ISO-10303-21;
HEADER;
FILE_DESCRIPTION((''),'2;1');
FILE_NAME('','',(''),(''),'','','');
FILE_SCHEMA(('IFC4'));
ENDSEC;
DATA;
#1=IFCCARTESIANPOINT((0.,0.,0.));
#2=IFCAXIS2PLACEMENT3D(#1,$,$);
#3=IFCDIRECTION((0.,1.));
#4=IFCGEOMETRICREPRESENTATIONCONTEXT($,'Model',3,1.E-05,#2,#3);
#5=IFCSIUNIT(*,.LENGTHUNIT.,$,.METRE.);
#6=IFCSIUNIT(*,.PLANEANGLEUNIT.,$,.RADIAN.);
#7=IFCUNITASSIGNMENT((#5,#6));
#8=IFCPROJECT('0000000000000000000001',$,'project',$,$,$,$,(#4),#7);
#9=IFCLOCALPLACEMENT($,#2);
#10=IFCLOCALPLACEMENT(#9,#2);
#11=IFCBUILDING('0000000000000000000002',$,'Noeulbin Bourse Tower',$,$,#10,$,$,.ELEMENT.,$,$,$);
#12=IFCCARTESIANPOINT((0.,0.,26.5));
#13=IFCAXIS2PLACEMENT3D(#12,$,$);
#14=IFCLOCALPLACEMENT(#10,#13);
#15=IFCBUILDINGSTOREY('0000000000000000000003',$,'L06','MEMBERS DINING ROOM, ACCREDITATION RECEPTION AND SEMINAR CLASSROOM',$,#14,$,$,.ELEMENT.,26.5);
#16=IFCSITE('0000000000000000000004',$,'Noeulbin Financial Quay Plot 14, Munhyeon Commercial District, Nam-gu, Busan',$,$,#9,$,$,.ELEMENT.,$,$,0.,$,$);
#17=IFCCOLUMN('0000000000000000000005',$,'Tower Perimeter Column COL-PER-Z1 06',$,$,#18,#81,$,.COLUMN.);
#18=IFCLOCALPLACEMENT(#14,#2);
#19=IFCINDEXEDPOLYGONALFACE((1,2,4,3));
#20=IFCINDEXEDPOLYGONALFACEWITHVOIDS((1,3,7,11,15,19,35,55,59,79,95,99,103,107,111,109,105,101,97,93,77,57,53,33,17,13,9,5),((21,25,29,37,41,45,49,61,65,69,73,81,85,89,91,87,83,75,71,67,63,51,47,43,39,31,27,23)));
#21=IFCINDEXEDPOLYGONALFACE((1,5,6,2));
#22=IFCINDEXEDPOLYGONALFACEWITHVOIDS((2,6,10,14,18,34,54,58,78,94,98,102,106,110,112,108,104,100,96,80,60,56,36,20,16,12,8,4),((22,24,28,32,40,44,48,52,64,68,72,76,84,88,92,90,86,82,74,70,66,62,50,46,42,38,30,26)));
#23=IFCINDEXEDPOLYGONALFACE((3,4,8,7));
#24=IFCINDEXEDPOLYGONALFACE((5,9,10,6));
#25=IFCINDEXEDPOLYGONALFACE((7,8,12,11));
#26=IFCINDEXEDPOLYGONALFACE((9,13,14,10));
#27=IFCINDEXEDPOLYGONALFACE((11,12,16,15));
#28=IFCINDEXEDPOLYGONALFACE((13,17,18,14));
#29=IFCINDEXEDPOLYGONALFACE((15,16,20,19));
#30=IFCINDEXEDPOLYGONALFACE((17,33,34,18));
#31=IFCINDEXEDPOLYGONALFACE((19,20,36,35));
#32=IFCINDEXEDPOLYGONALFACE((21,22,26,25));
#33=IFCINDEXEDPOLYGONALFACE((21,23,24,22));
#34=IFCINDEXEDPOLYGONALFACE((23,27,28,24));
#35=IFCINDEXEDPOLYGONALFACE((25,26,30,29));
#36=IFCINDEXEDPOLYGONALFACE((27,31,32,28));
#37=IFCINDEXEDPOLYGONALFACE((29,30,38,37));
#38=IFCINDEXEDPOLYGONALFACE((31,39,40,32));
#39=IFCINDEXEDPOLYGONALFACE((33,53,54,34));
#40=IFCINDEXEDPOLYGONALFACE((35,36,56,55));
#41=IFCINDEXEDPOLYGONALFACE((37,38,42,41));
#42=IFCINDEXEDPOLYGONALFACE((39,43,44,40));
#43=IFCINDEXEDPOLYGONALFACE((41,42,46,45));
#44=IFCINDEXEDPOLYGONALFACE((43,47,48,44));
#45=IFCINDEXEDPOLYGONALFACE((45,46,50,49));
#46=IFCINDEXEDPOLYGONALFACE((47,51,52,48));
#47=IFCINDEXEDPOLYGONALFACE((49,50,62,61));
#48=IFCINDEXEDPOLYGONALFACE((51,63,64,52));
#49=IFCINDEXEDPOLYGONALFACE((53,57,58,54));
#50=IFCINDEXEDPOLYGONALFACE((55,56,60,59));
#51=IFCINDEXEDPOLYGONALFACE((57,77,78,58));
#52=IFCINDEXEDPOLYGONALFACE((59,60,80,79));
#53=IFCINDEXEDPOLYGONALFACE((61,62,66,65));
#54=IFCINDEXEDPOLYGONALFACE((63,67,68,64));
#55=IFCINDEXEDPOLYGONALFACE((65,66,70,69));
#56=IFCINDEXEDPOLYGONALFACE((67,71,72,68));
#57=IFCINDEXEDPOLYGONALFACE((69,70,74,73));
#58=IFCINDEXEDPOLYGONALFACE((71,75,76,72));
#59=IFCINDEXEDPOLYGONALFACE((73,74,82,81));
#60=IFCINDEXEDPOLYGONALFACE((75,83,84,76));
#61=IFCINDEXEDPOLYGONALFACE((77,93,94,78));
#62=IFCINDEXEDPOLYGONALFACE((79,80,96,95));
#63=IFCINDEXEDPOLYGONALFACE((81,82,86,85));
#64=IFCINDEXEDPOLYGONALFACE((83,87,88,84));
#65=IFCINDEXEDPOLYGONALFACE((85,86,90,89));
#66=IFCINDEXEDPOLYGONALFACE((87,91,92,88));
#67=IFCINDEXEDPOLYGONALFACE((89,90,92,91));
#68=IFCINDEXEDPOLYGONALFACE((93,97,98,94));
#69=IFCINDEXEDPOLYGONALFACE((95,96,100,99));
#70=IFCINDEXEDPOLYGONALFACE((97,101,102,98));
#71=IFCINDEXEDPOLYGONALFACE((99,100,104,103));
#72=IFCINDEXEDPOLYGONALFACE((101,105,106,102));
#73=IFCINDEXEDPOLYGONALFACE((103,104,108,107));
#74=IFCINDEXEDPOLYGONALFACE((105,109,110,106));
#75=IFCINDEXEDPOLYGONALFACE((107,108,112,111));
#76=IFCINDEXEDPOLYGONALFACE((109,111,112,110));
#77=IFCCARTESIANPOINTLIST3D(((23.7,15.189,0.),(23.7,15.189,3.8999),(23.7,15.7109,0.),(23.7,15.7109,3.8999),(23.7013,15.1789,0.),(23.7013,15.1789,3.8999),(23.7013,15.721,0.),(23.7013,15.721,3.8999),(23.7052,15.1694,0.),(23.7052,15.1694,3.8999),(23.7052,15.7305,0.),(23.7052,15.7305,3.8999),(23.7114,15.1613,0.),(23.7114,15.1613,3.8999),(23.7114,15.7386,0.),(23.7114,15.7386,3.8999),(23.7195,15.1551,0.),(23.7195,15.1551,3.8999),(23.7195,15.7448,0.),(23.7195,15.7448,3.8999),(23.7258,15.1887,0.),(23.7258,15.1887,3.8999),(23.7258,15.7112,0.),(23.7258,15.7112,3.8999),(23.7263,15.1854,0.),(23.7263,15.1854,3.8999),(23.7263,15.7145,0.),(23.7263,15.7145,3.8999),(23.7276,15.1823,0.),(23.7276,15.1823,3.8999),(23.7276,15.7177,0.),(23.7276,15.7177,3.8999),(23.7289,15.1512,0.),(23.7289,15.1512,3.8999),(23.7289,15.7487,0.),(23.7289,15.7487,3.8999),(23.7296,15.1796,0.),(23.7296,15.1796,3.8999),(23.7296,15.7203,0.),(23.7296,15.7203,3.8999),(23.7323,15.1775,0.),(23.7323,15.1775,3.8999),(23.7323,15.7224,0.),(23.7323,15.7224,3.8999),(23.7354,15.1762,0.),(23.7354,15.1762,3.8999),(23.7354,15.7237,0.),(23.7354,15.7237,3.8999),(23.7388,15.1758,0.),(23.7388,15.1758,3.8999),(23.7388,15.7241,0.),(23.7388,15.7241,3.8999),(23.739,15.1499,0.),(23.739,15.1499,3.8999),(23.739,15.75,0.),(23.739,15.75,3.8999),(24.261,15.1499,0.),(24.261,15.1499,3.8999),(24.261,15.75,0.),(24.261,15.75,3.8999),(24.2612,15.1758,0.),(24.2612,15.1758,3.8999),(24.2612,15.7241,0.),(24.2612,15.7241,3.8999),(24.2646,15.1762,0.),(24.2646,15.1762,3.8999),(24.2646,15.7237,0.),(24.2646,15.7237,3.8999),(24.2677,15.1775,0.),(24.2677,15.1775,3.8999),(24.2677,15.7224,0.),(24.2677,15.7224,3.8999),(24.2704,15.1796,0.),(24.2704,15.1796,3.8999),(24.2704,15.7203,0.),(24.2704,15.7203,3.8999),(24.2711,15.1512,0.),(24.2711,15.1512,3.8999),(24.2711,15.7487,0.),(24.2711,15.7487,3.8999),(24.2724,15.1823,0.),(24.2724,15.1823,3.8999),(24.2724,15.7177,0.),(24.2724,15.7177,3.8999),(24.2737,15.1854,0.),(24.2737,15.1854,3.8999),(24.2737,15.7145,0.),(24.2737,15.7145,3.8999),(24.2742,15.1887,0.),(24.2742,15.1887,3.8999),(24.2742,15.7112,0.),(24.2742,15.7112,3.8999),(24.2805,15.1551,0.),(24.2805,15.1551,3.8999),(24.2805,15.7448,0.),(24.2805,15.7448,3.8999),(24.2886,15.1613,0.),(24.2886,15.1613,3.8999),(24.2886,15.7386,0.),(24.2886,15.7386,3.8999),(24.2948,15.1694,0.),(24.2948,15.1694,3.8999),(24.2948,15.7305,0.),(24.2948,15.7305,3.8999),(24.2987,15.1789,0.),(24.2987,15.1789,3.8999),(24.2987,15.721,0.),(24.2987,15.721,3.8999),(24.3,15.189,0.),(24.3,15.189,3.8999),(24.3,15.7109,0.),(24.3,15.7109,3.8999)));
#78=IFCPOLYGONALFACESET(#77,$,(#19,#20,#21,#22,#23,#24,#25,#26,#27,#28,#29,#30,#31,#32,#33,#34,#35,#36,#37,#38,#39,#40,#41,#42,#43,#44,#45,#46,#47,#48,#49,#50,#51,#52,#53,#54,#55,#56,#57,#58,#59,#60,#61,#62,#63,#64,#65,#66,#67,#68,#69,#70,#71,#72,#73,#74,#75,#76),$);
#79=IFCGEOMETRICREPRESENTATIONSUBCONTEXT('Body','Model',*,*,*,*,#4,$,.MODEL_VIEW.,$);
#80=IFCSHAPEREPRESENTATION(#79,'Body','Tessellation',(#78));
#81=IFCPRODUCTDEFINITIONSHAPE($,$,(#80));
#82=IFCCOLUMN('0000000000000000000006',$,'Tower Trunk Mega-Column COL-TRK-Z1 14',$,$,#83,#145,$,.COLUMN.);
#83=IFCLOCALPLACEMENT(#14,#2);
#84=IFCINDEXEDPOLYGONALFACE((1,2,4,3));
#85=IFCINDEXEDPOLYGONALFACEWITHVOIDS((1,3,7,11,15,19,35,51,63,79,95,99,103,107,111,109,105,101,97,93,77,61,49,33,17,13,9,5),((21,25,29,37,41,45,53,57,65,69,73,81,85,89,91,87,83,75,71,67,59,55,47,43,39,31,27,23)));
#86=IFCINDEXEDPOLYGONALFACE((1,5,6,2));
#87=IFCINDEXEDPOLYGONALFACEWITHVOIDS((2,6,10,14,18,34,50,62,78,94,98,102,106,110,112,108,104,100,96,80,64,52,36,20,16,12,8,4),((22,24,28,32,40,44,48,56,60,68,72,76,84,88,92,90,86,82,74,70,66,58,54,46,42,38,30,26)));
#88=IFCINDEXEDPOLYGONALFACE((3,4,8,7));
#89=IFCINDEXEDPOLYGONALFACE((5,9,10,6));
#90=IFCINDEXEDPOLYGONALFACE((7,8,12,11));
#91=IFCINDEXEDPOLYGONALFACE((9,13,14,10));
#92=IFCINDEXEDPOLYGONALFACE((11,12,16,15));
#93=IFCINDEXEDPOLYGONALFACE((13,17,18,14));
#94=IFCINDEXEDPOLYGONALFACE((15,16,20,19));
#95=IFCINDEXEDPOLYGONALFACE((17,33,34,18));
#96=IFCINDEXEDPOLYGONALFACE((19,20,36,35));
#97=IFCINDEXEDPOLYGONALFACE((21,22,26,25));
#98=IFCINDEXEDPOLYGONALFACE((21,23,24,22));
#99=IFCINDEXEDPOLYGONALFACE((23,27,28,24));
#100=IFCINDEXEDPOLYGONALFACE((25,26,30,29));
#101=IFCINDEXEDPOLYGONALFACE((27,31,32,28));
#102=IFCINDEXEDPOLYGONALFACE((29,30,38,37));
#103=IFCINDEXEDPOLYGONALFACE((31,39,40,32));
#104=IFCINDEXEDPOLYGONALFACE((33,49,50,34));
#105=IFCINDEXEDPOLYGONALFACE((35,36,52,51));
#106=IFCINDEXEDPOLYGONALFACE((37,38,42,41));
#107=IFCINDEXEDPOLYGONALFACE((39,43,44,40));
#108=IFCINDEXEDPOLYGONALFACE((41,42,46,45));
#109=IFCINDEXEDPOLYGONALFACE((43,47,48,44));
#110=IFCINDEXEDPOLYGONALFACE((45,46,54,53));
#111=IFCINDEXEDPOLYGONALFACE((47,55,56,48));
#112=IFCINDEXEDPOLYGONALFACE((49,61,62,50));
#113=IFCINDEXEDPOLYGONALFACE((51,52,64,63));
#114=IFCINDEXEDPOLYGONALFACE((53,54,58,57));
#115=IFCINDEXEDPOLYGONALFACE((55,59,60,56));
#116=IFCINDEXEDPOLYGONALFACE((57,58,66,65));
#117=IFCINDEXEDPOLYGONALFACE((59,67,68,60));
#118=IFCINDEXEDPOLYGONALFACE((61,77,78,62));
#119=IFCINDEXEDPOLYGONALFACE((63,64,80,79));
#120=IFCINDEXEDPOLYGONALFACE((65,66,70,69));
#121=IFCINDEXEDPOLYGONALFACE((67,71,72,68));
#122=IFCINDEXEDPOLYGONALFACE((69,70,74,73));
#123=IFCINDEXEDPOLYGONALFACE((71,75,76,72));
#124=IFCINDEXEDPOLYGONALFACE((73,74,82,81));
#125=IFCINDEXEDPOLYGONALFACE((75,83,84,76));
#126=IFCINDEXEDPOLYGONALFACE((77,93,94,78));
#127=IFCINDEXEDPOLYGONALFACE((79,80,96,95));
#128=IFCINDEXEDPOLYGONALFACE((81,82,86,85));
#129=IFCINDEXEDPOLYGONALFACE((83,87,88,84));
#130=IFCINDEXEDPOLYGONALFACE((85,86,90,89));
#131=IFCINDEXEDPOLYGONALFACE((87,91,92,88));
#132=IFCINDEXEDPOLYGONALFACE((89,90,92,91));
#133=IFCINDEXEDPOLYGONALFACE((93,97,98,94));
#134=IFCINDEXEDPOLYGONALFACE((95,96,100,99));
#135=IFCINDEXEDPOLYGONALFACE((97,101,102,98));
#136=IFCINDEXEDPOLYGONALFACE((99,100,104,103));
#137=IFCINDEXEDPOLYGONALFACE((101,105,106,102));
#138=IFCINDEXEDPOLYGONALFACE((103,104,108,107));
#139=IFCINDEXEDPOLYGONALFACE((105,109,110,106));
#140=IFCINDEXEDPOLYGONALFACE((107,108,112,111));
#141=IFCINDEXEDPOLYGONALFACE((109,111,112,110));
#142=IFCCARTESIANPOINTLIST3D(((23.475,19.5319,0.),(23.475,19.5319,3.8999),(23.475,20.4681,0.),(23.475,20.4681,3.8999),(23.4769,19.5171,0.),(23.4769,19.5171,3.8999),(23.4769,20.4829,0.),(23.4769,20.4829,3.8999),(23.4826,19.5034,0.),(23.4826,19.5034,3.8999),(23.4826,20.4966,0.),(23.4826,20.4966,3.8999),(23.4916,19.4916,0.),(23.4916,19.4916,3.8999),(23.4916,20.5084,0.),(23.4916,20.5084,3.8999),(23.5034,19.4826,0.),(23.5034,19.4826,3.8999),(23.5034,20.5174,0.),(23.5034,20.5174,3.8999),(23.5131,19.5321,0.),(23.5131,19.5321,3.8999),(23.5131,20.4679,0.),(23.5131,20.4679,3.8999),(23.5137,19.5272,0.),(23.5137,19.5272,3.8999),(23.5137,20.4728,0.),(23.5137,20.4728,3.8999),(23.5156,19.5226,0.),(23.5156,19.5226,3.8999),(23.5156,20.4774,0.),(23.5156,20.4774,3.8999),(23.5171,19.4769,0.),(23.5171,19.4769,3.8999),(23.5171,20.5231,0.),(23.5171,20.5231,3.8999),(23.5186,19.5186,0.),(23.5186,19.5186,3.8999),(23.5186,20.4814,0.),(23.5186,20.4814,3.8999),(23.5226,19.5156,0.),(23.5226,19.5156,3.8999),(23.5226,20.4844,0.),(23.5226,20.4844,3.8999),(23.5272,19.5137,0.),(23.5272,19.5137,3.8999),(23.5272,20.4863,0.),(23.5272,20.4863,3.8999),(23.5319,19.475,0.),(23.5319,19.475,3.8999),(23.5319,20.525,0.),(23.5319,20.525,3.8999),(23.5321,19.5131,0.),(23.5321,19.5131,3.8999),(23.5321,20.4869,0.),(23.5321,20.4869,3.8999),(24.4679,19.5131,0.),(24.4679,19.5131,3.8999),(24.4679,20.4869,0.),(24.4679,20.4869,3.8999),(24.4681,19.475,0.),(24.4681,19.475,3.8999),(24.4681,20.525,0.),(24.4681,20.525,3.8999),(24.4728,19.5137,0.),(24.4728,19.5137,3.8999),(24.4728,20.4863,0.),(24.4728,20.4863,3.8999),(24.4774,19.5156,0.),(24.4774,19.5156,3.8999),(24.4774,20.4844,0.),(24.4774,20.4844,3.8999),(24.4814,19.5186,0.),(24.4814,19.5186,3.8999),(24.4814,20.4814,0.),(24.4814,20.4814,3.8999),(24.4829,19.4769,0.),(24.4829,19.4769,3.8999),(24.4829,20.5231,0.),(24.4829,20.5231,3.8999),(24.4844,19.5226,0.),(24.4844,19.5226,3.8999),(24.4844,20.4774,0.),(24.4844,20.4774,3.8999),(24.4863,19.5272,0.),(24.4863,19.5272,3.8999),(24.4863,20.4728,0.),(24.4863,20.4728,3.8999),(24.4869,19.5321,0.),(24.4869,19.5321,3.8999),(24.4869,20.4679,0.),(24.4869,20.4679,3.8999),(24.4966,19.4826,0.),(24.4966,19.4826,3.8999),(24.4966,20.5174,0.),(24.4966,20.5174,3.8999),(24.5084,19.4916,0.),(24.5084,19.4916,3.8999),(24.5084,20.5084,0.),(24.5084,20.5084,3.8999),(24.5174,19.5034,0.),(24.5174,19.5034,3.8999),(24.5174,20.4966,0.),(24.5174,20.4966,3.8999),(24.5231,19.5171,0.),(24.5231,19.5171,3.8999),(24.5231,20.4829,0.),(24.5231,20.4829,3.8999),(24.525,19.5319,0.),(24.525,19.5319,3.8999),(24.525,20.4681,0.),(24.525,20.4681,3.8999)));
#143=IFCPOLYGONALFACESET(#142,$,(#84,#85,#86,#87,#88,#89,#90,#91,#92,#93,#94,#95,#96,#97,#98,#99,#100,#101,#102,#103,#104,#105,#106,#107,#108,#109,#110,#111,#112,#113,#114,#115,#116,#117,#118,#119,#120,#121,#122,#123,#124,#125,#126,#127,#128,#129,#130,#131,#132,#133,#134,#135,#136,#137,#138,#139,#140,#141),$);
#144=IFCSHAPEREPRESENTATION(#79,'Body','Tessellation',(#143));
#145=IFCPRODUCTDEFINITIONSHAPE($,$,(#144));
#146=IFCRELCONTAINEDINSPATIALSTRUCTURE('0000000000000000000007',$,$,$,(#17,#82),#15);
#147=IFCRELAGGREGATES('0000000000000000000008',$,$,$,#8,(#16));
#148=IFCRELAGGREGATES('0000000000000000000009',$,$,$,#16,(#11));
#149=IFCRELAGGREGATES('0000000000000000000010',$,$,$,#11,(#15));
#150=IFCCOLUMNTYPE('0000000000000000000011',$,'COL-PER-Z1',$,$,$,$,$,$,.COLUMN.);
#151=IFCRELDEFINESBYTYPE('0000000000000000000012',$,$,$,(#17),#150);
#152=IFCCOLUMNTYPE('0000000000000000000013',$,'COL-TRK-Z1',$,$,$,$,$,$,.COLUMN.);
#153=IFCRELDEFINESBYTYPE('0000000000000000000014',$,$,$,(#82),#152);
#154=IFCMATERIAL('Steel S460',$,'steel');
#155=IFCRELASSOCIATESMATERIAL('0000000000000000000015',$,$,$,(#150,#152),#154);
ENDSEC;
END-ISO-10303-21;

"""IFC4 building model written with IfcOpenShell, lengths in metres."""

from ifc_helpers import new_model, si_unit, direction, frame, origin, origin_2d, place, context, subcontext, project, spatial, hollow_rectangle, extrude, material, material_profile, profile_set, type_object, element, save


model = new_model("IFC4")

# Units and contexts
model_context = context("Model", 3, precision=1e-05, world=origin(), true_north=direction((0.0, 1.0)))
body_context = subcontext(model_context, "Body", "Model", "MODEL_VIEW")
ifc_project = project(units=[si_unit("LENGTHUNIT", "METRE"), si_unit("PLANEANGLEUNIT", "RADIAN")], contexts=[model_context])

# Site, building, storey
site_placement = place(None, origin())
site = spatial("IfcSite", under=ifc_project, at=site_placement, Name="Noeulbin Financial Quay Plot 14, Munhyeon Commercial District, Nam-gu, Busan", CompositionType="ELEMENT", RefElevation=0.0)
building_placement = place(site_placement, origin())
building = spatial("IfcBuilding", under=site, at=building_placement, Name="Noeulbin Bourse Tower", CompositionType="ELEMENT")
storey_placement = place(building_placement, frame((0.0, 0.0, 26.5)))
storey = spatial("IfcBuildingStorey", under=building, at=storey_placement, Name="L06", Description="MEMBERS DINING ROOM, ACCREDITATION RECEPTION AND SEMINAR CLASSROOM", CompositionType="ELEMENT", Elevation=26.5)

# Columns
ifc_material_1 = material(Name="Steel S460", Category="steel")
ifc_material_profile_1 = material_profile(ifc_material_1, hollow_rectangle(XDim=0.6001, YDim=0.6001, WallThickness=0.0259, InnerFilletRadius=0.0129, OuterFilletRadius=0.0391, at=origin_2d()), Name="BOX-600x600x26", Category="LoadBearing")
ifc_profile_set_1 = profile_set([ifc_material_profile_1], Name="Steel S460")
column_type_1 = type_object("IfcColumnType", Name="COL-PER-Z1", PredefinedType="COLUMN", material=ifc_profile_set_1)
column_1_placement = place(storey_placement, frame((24.0, 15.45, 0.0), z_axis=(0.0, 0.0, 1.0), x_axis=(1.0, 0.0, 0.0)))
element("IfcColumn", 1, at=column_1_placement, inside=storey, type_object=column_type_1, Name="Tower Perimeter Column COL-PER-Z1 06", PredefinedType="COLUMN", context=body_context, shape_type="SweptSolid", body=[
    extrude(hollow_rectangle(XDim=0.6001, YDim=0.6001, WallThickness=0.0259, InnerFilletRadius=0.0129, OuterFilletRadius=0.0391, at=origin_2d()), origin(), (0.0, 0.0, 1.0), 3.8999),
])
ifc_material_profile_2 = material_profile(ifc_material_1, hollow_rectangle(XDim=1.05, YDim=1.05, WallThickness=0.0381, InnerFilletRadius=0.019, OuterFilletRadius=0.0569, at=origin_2d()), Name="BOX-1050x1050x38", Category="LoadBearing")
ifc_profile_set_2 = profile_set([ifc_material_profile_2], Name="Steel S460")
column_type_2 = type_object("IfcColumnType", Name="COL-TRK-Z1", PredefinedType="COLUMN", material=ifc_profile_set_2)
column_2_placement = place(storey_placement, frame((24.0, 20.0, 0.0), z_axis=(0.0, 0.0, 1.0), x_axis=(1.0, 0.0, 0.0)))
element("IfcColumn", 2, at=column_2_placement, inside=storey, type_object=column_type_2, Name="Tower Trunk Mega-Column COL-TRK-Z1 14", PredefinedType="COLUMN", context=body_context, shape_type="SweptSolid", body=[
    extrude(hollow_rectangle(XDim=1.05, YDim=1.05, WallThickness=0.0381, InnerFilletRadius=0.019, OuterFilletRadius=0.0569, at=origin_2d()), origin(), (0.0, 0.0, 1.0), 3.8999),
])

save(model, "model.ifc")
